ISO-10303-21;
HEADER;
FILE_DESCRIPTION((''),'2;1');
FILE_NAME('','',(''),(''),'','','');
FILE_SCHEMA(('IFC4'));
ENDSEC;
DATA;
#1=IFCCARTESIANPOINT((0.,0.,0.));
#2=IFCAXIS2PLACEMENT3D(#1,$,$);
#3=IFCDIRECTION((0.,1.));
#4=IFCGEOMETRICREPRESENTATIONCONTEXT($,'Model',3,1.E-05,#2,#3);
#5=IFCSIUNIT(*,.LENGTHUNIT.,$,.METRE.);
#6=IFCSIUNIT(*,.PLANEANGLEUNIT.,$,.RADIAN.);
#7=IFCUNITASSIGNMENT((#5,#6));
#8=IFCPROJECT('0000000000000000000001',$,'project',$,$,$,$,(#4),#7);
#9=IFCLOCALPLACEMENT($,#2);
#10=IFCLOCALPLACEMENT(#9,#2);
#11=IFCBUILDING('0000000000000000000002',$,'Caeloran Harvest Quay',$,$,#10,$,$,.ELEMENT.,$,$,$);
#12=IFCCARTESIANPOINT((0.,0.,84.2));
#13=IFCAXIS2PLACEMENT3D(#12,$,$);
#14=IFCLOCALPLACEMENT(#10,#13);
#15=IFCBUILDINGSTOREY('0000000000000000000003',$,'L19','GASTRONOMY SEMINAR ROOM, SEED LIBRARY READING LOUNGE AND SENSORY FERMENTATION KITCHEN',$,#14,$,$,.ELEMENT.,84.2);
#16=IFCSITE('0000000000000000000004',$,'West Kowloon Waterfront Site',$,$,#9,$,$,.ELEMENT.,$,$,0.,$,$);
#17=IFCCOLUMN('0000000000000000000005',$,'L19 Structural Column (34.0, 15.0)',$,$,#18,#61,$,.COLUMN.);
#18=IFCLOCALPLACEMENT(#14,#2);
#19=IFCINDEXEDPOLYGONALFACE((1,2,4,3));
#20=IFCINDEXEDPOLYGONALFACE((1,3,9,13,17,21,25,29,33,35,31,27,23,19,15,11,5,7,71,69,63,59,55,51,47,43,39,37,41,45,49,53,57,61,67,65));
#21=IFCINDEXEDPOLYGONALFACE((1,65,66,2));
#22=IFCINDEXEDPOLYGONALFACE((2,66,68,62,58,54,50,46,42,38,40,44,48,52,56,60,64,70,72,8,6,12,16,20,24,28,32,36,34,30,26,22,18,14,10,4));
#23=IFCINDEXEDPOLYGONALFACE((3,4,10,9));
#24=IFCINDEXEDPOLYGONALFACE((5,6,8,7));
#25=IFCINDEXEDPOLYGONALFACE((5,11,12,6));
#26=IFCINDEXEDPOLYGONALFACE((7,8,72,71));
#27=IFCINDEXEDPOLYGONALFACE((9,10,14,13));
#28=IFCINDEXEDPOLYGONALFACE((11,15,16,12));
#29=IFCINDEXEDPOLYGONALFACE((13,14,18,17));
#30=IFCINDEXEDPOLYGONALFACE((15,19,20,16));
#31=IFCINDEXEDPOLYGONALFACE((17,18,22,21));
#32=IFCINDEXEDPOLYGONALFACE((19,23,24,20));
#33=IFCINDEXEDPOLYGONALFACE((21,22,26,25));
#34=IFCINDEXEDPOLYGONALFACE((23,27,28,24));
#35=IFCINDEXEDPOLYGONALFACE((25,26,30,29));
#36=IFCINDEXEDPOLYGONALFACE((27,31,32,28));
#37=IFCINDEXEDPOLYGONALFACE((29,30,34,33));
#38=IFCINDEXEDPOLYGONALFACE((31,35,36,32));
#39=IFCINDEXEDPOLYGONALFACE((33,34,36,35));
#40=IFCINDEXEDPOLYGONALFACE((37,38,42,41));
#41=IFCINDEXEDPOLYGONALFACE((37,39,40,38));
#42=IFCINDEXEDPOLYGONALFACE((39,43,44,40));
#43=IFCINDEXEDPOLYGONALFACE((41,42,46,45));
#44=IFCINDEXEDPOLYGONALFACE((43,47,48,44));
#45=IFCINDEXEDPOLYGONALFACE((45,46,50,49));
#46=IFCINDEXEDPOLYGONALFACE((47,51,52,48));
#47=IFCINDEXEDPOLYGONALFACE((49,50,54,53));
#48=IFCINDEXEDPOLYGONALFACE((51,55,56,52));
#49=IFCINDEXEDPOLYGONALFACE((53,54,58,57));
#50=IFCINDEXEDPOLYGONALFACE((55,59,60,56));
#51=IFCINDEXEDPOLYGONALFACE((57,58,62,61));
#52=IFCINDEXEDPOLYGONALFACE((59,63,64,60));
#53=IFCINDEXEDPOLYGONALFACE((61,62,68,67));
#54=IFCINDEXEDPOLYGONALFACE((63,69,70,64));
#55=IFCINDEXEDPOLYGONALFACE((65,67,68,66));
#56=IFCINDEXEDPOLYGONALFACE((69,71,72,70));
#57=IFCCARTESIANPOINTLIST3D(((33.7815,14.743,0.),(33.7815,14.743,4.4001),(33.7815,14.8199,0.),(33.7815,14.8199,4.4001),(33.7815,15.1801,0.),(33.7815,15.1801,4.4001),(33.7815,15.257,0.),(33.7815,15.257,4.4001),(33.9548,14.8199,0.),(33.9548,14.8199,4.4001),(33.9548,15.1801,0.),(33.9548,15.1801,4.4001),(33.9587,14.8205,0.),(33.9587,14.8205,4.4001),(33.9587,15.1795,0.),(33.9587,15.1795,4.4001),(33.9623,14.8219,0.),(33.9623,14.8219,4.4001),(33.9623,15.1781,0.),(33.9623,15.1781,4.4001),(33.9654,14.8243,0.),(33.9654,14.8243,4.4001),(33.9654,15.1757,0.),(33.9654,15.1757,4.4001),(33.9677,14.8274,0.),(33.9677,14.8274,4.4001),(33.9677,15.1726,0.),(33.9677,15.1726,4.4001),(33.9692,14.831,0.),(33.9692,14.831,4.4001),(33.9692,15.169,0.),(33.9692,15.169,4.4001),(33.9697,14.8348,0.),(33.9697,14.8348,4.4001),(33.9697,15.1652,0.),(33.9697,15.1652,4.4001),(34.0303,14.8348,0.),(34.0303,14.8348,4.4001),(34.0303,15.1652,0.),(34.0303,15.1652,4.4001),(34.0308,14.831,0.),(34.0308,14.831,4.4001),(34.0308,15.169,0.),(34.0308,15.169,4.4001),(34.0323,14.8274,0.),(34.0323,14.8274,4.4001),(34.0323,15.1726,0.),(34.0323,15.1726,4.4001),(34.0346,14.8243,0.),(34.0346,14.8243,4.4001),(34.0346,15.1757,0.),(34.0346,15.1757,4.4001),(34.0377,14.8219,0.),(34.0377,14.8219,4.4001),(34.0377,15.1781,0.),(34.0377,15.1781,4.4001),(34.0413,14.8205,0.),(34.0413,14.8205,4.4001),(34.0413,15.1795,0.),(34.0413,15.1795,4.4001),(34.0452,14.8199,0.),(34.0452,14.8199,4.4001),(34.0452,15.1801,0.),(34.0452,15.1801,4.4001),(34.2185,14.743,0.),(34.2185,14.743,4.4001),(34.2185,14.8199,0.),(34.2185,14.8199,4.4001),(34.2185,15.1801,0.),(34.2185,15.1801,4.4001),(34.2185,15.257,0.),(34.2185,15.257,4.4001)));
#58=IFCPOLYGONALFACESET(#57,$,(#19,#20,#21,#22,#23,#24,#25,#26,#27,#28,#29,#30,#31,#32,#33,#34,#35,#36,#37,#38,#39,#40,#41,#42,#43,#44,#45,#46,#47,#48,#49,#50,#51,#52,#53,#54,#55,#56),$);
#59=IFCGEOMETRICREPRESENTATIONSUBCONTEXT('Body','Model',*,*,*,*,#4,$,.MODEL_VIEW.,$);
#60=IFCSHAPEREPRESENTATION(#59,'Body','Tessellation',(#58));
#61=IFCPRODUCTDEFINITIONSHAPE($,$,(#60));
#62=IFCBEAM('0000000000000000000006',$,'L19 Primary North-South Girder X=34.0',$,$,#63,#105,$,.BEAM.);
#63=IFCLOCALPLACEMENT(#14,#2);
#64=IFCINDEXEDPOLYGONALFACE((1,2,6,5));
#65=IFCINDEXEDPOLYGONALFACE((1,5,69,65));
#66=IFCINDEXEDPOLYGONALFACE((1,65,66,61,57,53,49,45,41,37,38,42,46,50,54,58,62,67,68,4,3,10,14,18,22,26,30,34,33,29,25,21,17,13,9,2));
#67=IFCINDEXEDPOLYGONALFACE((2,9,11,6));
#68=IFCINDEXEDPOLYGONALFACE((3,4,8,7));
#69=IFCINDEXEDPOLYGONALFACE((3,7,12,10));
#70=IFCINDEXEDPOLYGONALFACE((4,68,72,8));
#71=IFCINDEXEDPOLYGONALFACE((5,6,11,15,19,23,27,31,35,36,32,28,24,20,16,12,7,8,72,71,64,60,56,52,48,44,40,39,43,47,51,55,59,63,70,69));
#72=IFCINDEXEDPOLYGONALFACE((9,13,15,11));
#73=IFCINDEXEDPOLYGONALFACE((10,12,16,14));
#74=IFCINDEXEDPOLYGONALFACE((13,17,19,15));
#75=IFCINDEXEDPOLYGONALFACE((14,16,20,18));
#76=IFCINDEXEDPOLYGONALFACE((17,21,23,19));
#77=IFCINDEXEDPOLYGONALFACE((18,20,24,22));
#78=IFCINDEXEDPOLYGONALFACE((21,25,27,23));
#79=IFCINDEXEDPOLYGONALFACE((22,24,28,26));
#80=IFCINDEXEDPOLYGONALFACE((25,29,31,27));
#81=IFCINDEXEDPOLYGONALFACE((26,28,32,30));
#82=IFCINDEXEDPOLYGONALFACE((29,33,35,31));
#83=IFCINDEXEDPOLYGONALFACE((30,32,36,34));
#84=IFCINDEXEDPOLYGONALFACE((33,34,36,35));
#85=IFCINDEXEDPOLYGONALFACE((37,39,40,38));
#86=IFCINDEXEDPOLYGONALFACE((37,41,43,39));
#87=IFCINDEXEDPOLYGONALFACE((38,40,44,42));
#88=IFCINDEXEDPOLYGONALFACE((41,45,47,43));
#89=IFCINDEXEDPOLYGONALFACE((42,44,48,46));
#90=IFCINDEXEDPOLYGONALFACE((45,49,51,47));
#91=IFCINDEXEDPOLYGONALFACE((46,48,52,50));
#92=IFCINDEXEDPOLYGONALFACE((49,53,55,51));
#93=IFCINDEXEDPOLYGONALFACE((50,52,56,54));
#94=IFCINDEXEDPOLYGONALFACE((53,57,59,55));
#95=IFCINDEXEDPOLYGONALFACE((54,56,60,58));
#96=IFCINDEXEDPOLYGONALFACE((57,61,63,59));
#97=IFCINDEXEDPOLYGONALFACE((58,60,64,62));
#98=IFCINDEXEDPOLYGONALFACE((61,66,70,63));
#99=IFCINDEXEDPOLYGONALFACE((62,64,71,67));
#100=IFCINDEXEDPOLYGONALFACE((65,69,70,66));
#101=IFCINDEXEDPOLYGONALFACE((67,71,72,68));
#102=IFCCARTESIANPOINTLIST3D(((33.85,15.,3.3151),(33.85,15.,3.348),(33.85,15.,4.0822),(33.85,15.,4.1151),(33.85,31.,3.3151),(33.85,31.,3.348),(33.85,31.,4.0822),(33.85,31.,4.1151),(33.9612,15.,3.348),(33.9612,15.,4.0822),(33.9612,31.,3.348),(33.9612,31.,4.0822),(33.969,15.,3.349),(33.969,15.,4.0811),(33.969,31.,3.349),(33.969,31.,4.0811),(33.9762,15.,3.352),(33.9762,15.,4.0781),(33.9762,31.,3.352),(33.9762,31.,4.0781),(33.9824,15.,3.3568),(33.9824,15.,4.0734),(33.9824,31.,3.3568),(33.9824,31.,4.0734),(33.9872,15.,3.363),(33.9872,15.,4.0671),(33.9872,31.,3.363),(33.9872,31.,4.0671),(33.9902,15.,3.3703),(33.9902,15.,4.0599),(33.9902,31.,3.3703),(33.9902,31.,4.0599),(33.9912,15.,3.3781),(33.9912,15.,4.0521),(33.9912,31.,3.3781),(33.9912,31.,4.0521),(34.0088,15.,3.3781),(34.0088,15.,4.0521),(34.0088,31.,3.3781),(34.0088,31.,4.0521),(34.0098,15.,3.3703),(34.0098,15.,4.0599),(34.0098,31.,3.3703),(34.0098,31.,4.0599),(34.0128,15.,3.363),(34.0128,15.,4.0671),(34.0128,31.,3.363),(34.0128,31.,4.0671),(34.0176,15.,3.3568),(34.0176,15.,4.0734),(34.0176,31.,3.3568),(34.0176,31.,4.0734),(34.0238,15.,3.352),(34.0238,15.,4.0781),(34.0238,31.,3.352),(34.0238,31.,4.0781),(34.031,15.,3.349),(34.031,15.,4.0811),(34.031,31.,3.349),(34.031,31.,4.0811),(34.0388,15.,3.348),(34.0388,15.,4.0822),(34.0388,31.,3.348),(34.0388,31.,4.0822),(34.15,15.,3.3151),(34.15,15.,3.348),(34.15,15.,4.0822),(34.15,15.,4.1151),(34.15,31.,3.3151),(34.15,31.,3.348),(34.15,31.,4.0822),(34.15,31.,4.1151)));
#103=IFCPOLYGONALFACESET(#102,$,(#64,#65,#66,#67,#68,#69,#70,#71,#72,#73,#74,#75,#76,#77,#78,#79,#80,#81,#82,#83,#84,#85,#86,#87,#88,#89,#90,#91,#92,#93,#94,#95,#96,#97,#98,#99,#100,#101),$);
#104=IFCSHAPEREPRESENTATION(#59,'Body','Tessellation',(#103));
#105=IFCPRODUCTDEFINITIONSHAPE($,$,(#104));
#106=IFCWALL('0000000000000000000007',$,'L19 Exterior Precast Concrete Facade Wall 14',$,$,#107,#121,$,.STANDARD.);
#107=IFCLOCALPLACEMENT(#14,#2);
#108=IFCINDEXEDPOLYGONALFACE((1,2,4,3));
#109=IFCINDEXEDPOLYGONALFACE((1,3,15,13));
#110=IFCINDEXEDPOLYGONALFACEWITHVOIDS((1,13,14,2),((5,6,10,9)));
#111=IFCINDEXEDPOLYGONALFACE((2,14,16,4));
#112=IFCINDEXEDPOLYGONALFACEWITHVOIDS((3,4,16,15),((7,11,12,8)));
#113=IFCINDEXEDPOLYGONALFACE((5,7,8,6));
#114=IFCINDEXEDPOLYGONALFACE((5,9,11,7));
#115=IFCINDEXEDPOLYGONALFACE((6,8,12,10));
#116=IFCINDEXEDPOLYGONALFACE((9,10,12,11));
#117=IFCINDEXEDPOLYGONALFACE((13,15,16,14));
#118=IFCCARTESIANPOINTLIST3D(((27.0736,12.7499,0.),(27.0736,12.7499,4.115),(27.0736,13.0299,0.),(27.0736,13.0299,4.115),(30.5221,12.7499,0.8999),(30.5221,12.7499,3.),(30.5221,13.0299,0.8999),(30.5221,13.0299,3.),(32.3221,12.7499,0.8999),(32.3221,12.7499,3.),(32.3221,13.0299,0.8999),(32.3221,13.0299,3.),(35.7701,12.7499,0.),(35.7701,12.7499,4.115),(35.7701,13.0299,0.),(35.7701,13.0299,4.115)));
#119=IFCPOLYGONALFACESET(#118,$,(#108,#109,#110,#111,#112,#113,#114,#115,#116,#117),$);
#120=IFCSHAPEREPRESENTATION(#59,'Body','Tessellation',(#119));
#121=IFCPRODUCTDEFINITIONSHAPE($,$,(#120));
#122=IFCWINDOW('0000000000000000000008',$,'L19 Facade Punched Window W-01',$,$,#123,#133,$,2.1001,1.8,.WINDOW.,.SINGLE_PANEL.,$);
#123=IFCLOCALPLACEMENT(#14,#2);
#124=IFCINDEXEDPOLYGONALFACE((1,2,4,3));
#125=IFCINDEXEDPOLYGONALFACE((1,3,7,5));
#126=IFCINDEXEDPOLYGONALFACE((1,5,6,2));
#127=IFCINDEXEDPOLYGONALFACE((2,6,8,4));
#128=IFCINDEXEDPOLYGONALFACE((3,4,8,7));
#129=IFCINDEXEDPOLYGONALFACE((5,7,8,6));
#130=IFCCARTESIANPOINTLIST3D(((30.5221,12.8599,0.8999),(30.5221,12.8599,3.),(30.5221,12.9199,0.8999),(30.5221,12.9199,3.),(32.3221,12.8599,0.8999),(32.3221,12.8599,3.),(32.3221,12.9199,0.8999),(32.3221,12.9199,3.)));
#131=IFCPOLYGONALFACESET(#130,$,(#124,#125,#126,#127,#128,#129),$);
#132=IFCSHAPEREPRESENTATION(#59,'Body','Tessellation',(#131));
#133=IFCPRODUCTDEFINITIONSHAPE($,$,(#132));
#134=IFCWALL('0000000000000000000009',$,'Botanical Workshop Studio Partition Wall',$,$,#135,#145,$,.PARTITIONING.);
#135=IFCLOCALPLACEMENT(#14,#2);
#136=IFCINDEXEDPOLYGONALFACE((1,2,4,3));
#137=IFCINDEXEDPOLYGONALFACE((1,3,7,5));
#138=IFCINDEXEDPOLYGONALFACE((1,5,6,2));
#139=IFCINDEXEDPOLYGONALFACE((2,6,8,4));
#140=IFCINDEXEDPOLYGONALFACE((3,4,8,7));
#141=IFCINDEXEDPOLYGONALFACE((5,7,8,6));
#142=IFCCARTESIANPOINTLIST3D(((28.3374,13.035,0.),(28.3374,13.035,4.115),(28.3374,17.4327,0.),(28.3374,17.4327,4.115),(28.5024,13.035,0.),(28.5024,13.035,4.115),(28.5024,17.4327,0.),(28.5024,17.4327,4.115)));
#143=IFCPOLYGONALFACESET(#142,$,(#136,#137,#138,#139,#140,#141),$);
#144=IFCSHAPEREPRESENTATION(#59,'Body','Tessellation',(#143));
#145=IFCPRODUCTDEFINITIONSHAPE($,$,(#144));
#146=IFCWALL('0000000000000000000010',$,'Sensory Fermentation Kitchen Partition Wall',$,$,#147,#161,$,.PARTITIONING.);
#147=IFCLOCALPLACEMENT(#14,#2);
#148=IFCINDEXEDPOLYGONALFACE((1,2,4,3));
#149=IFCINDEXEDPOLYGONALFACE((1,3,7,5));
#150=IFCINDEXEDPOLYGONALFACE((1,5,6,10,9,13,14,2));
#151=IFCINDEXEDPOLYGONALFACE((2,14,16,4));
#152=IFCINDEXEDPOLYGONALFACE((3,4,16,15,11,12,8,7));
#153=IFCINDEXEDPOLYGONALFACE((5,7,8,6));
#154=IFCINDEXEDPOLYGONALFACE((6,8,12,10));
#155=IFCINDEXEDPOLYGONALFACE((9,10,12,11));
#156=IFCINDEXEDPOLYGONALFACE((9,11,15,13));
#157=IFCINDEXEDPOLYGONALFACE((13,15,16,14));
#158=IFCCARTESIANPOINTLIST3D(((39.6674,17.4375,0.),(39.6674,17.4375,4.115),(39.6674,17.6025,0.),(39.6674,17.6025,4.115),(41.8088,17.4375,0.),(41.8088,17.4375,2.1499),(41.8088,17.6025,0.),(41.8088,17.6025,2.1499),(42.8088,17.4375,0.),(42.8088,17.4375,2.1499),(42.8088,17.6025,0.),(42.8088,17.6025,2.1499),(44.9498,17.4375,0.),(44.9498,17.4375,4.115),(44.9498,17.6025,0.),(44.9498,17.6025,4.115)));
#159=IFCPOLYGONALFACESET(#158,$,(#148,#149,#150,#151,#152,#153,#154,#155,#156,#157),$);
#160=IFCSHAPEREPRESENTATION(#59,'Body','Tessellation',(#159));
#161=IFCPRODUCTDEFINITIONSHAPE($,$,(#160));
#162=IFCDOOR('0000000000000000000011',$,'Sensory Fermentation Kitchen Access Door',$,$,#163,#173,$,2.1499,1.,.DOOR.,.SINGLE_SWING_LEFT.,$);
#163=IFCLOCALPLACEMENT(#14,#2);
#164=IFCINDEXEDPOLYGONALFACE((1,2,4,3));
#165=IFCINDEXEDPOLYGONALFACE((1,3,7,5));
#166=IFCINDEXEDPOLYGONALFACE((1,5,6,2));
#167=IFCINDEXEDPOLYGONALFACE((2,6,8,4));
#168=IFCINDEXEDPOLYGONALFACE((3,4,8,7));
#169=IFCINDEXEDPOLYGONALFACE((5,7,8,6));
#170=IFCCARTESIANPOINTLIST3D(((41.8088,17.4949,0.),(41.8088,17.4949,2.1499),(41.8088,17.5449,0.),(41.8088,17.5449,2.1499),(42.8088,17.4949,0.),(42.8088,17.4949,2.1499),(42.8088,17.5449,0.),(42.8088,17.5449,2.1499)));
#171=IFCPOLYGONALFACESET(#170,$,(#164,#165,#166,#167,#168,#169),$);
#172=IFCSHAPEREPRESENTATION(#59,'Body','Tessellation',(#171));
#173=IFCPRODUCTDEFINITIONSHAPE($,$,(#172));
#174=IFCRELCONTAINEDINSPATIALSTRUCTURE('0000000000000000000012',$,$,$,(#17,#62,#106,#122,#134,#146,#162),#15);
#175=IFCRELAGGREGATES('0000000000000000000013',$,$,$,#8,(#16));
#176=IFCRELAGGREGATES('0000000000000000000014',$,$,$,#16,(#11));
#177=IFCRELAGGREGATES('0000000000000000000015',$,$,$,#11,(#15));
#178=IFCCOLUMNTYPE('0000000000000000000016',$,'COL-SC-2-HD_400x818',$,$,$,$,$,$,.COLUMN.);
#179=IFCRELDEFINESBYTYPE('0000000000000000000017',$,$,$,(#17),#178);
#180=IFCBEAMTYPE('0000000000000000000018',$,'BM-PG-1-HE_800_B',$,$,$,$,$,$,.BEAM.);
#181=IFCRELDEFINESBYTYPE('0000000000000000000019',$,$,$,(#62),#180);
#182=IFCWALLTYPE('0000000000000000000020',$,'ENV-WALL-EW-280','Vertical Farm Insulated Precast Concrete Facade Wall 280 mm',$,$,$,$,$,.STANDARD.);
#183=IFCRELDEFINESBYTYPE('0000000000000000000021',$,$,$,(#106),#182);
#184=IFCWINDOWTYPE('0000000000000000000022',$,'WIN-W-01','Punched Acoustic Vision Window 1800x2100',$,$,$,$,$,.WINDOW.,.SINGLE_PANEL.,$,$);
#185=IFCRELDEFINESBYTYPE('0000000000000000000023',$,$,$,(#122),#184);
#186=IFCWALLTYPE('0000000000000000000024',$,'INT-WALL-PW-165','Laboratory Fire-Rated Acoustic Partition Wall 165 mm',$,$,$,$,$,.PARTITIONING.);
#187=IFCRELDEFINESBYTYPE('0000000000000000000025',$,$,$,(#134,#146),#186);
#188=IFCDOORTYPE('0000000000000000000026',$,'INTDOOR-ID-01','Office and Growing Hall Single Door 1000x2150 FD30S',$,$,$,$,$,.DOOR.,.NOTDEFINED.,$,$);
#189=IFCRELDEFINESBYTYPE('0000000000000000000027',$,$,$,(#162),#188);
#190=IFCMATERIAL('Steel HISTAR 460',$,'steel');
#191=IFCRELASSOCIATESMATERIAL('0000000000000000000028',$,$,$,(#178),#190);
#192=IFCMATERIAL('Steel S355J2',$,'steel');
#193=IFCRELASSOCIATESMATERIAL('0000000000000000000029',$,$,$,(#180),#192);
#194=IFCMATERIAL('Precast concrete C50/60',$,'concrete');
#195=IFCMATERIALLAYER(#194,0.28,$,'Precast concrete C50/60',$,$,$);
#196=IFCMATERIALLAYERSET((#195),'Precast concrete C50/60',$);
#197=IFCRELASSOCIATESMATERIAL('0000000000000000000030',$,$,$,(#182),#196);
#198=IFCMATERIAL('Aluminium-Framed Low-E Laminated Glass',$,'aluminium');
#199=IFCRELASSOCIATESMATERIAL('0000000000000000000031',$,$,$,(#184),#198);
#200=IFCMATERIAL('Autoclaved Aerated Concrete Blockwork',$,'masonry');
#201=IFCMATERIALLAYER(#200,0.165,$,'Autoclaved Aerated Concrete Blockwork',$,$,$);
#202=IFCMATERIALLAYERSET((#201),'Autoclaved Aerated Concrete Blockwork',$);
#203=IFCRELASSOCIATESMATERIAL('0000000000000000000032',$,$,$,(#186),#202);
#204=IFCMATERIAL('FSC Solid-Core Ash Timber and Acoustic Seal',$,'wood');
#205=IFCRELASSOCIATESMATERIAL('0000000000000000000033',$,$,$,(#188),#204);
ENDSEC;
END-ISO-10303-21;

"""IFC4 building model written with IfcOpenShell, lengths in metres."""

from ifc_helpers import new_model, si_unit, direction, frame, frame_2d, origin, origin_2d, place, context, subcontext, project, spatial, rectangle, i_section, extrude, material, layer, layer_set, material_profile, profile_set, type_object, element, fill, save


model = new_model("IFC4")

# Units and contexts
model_context = context("Model", 3, precision=1e-05, world=origin(), true_north=direction((0.0, 1.0)))
body_context = subcontext(model_context, "Body", "Model", "MODEL_VIEW")
ifc_project = project(units=[si_unit("LENGTHUNIT", "METRE"), si_unit("PLANEANGLEUNIT", "RADIAN")], contexts=[model_context])

# Site, building, storey
site_placement = place(None, origin())
site = spatial("IfcSite", under=ifc_project, at=site_placement, Name="West Kowloon Waterfront Site", CompositionType="ELEMENT", RefElevation=0.0)
building_placement = place(site_placement, origin())
building = spatial("IfcBuilding", under=site, at=building_placement, Name="Caeloran Harvest Quay", CompositionType="ELEMENT")
storey_placement = place(building_placement, frame((0.0, 0.0, 84.2)))
storey = spatial("IfcBuildingStorey", under=building, at=storey_placement, Name="L19", Description="GASTRONOMY SEMINAR ROOM, SEED LIBRARY READING LOUNGE AND SENSORY FERMENTATION KITCHEN", CompositionType="ELEMENT", Elevation=84.2)

# Column
ifc_material_1 = material(Name="Steel HISTAR 460", Category="steel")
ifc_material_profile_1 = material_profile(ifc_material_1, i_section(OverallWidth=0.437, OverallDepth=0.5139, WebThickness=0.0605, FlangeThickness=0.0769, FilletRadius=0.0149, at=origin_2d()), Name="HD 400x818")
ifc_profile_set_1 = profile_set([ifc_material_profile_1], Name="Steel HISTAR 460")
column_type = type_object("IfcColumnType", Name="COL-SC-2-HD_400x818", PredefinedType="COLUMN", material=ifc_profile_set_1)
column_placement = place(storey_placement, frame((34.0, 15.0, 0.0), z_axis=(0.0, 0.0, 1.0), x_axis=(1.0, 0.0, 0.0)))
element("IfcColumn", 1, at=column_placement, inside=storey, type_object=column_type, Name="L19 Structural Column (34.0, 15.0)", PredefinedType="COLUMN", context=body_context, shape_type="SweptSolid", body=[
    extrude(i_section(OverallWidth=0.437, OverallDepth=0.5139, WebThickness=0.0605, FlangeThickness=0.0769, FilletRadius=0.0149, at=origin_2d()), origin(), (0.0, 0.0, 1.0), 4.4001),
])

# Beam
ifc_material_2 = material(Name="Steel S355J2", Category="steel")
ifc_material_profile_2 = material_profile(ifc_material_2, i_section(OverallWidth=0.3, OverallDepth=0.8, WebThickness=0.0176, FlangeThickness=0.033, FilletRadius=0.03, at=origin_2d()), Name="HE 800 B")
ifc_profile_set_2 = profile_set([ifc_material_profile_2], Name="Steel S355J2")
beam_type = type_object("IfcBeamType", Name="BM-PG-1-HE_800_B", PredefinedType="BEAM", material=ifc_profile_set_2)
beam_placement = place(storey_placement, frame((34.0, 15.0, 3.7151), z_axis=(0.0, 1.0, 0.0), x_axis=(-1.0, 0.0, 0.0)))
element("IfcBeam", 2, at=beam_placement, inside=storey, type_object=beam_type, Name="L19 Primary North-South Girder X=34.0", PredefinedType="BEAM", context=body_context, shape_type="SweptSolid", body=[
    extrude(i_section(OverallWidth=0.3, OverallDepth=0.8, WebThickness=0.0176, FlangeThickness=0.033, FilletRadius=0.03, at=origin_2d()), origin(), (0.0, 0.0, 1.0), 16.0),
])

# Wall, opening, window
ifc_material_3 = material(Name="Precast concrete C50/60", Category="concrete")
ifc_layer_1 = layer(ifc_material_3, 0.28, Name="Precast concrete C50/60")
ifc_layer_set_1 = layer_set([ifc_layer_1], Name="Precast concrete C50/60")
wall_type_1 = type_object("IfcWallType", Name="ENV-WALL-EW-280", Description="Vertical Farm Insulated Precast Concrete Facade Wall 280 mm", PredefinedType="STANDARD", material=ifc_layer_set_1)
wall_1_placement = place(storey_placement, frame((35.77, 12.8899, 0.0), z_axis=(0.0, 0.0, 1.0), x_axis=(-1.0, 0.0, 0.0)))
wall_1 = element("IfcWall", 3, at=wall_1_placement, inside=storey, type_object=wall_type_1, Name="L19 Exterior Precast Concrete Facade Wall 14", PredefinedType="STANDARD", context=body_context, shape_type="SweptSolid", body=[
    extrude(rectangle(XDim=8.6965, YDim=0.28, at=frame_2d((4.3481, 0.0))), origin(), (0.0, 0.0, 1.0), 4.115),
])
opening_1_placement = place(wall_1_placement, frame((3.448, 0.0, 0.8999)))
opening_1 = element("IfcOpeningElement", 4, at=opening_1_placement, cuts=wall_1, PredefinedType="OPENING", context=body_context, shape_type="SweptSolid", body=[
    extrude(rectangle(XDim=1.8, YDim=2.1001, at=frame_2d((0.8999, 1.05))), frame((0.0, 0.1499, 0.0), z_axis=(0.0, -1.0, 0.0), x_axis=(1.0, 0.0, 0.0)), (0.0, 0.0, 1.0), 0.3),
])
ifc_material_4 = material(Name="Aluminium-Framed Low-E Laminated Glass", Category="aluminium")
window_type = type_object("IfcWindowType", Name="WIN-W-01", Description="Punched Acoustic Vision Window 1800x2100", PartitioningType="SINGLE_PANEL", PredefinedType="WINDOW", material=ifc_material_4)
window_placement = place(opening_1_placement, origin())
window = element("IfcWindow", 5, at=window_placement, inside=storey, type_object=window_type, Name="L19 Facade Punched Window W-01", OverallHeight=2.1001, OverallWidth=1.8, PartitioningType="SINGLE_PANEL", PredefinedType="WINDOW", context=body_context, shape_type="SweptSolid", body=[
    extrude(rectangle(XDim=1.8, YDim=2.1001, at=frame_2d((0.8999, 1.05))), frame((0.0, 0.03, 0.0), z_axis=(0.0, -1.0, 0.0), x_axis=(1.0, 0.0, 0.0)), (0.0, 0.0, 1.0), 0.0601),
])
fill(opening_1, window)

# Wall
ifc_material_5 = material(Name="Autoclaved Aerated Concrete Blockwork", Category="masonry")
ifc_layer_2 = layer(ifc_material_5, 0.165, Name="Autoclaved Aerated Concrete Blockwork")
ifc_layer_set_2 = layer_set([ifc_layer_2], Name="Autoclaved Aerated Concrete Blockwork")
wall_type_2 = type_object("IfcWallType", Name="INT-WALL-PW-165", Description="Laboratory Fire-Rated Acoustic Partition Wall 165 mm", PredefinedType="PARTITIONING", material=ifc_layer_set_2)
wall_2_placement = place(storey_placement, frame((28.4199, 17.4326, 0.0), z_axis=(0.0, 0.0, 1.0), x_axis=(0.0, -1.0, 0.0)))
element("IfcWall", 6, at=wall_2_placement, inside=storey, type_object=wall_type_2, Name="Botanical Workshop Studio Partition Wall", PredefinedType="PARTITIONING", context=body_context, shape_type="SweptSolid", body=[
    extrude(rectangle(XDim=4.3977, YDim=0.165, at=frame_2d((2.1987, 0.0))), origin(), (0.0, 0.0, 1.0), 4.115),
])

# Wall, opening, door
wall_3_placement = place(storey_placement, frame((39.6675, 17.52, 0.0), z_axis=(0.0, 0.0, 1.0), x_axis=(1.0, 0.0, 0.0)))
wall_3 = element("IfcWall", 7, at=wall_3_placement, inside=storey, type_object=wall_type_2, Name="Sensory Fermentation Kitchen Partition Wall", PredefinedType="PARTITIONING", context=body_context, shape_type="SweptSolid", body=[
    extrude(rectangle(XDim=5.2825, YDim=0.165, at=frame_2d((2.6411, 0.0))), origin(), (0.0, 0.0, 1.0), 4.115),
])
opening_2_placement = place(wall_3_placement, frame((2.1414, 0.0, 0.0)))
opening_2 = element("IfcOpeningElement", 8, at=opening_2_placement, cuts=wall_3, PredefinedType="OPENING", context=body_context, shape_type="SweptSolid", body=[
    extrude(rectangle(XDim=1.0, YDim=2.1499, at=frame_2d((0.5, 1.075))), frame((0.0, 0.0925, 0.0), z_axis=(0.0, -1.0, 0.0), x_axis=(1.0, 0.0, 0.0)), (0.0, 0.0, 1.0), 0.1851),
])
ifc_material_6 = material(Name="FSC Solid-Core Ash Timber and Acoustic Seal", Category="wood")
door_type_1 = type_object("IfcDoorType", Name="INTDOOR-ID-01", Description="Office and Growing Hall Single Door 1000x2150 FD30S", OperationType="NOTDEFINED", PredefinedType="DOOR", material=ifc_material_6)
door_1_placement = place(opening_2_placement, origin())
door_1 = element("IfcDoor", 9, at=door_1_placement, inside=storey, type_object=door_type_1, Name="Sensory Fermentation Kitchen Access Door", OperationType="SINGLE_SWING_LEFT", OverallHeight=2.1499, OverallWidth=1.0, PredefinedType="DOOR", context=body_context, shape_type="SweptSolid", body=[
    extrude(rectangle(XDim=1.0, YDim=2.1499, at=frame_2d((0.5, 1.075))), frame((0.0, 0.0249, 0.0), z_axis=(0.0, -1.0, 0.0), x_axis=(1.0, 0.0, 0.0)), (0.0, 0.0, 1.0), 0.05),
])
fill(opening_2, door_1)

save(model, "model.ifc")
